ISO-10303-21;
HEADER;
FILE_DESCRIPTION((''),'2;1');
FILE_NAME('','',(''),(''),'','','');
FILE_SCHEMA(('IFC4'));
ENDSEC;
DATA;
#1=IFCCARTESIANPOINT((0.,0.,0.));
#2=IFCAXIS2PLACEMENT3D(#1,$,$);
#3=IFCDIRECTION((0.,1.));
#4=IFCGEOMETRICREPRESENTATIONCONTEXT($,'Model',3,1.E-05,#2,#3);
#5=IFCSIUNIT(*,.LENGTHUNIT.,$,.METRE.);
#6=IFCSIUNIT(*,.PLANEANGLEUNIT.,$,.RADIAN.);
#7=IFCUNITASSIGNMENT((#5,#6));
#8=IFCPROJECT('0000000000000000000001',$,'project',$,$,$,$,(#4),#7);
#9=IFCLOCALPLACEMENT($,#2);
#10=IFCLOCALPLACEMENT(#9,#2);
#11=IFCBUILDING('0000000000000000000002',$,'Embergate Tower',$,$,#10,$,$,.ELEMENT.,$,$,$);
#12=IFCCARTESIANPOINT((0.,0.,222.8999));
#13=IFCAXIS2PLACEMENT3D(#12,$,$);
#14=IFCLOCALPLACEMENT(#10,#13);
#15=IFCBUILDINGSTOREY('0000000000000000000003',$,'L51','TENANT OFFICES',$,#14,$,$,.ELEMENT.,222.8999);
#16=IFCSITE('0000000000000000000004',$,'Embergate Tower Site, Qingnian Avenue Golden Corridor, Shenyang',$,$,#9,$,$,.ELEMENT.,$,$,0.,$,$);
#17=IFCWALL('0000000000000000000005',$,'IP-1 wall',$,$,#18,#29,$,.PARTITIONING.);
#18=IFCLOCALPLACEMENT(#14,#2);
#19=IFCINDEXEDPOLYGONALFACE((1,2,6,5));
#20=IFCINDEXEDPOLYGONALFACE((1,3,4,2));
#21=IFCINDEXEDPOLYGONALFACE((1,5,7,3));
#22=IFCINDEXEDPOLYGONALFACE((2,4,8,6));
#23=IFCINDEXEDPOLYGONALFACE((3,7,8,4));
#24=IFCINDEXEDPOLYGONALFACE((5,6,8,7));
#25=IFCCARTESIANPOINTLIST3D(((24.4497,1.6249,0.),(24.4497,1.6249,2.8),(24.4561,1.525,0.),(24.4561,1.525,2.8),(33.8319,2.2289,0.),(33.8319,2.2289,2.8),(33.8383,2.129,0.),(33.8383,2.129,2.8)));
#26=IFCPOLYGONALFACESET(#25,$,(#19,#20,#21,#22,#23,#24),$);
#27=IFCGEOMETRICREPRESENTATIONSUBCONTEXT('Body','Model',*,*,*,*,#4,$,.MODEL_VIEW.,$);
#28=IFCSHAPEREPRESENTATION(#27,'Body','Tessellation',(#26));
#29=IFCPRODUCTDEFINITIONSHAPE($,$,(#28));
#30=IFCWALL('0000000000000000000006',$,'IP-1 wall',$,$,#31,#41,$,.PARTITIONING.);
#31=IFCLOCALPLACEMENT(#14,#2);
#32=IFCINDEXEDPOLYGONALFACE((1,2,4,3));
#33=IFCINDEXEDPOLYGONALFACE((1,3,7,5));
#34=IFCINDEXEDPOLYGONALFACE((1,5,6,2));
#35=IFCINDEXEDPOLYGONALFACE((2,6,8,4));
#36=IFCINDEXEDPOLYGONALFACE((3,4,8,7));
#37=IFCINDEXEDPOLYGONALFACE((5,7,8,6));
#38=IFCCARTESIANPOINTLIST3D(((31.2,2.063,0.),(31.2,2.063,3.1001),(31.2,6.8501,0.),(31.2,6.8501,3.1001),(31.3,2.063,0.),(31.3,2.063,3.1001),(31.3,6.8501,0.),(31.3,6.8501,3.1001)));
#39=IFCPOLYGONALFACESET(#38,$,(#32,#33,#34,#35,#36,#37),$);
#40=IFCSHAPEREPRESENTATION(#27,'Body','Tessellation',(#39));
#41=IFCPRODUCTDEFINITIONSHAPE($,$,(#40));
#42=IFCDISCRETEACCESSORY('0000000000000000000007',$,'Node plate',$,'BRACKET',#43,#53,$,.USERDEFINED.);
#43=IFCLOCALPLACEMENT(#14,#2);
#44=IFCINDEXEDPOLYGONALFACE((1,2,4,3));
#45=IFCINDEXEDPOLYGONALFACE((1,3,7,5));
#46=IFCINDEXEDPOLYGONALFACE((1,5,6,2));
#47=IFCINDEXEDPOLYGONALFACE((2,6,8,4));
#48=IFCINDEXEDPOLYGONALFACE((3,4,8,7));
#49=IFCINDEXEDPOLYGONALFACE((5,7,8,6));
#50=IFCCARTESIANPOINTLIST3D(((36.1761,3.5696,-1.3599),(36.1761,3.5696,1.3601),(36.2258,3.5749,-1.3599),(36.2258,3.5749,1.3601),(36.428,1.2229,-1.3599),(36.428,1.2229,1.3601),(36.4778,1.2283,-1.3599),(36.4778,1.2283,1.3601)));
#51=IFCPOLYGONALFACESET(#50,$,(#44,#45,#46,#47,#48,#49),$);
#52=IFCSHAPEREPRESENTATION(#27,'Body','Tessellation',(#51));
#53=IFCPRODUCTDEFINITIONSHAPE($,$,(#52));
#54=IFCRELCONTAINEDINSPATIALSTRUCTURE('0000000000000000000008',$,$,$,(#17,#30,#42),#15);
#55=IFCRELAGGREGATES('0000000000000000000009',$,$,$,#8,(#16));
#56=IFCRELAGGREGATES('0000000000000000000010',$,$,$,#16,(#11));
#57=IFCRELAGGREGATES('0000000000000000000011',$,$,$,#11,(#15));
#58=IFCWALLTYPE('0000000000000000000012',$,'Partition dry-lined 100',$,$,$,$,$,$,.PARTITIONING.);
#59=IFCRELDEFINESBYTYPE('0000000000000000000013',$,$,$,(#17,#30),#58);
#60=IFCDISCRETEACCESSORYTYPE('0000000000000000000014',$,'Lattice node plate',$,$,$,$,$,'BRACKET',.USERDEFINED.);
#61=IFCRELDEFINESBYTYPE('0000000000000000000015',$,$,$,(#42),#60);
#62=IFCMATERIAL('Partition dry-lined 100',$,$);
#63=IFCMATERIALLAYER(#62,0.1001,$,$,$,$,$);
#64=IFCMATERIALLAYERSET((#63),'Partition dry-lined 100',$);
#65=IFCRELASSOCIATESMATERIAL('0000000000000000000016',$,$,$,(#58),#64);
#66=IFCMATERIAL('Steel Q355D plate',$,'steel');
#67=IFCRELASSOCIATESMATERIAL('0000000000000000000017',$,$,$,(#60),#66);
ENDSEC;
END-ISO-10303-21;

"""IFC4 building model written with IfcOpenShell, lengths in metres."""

from ifc_helpers import new_model, si_unit, direction, frame, frame_2d, origin, origin_2d, place, context, subcontext, project, spatial, rectangle, extrude, source, transform, mapped, material, layer, layer_set, type_object, element, save


model = new_model("IFC4")

# Units and contexts
model_context = context("Model", 3, precision=1e-05, world=origin(), true_north=direction((0.0, 1.0)))
body_context = subcontext(model_context, "Body", "Model", "MODEL_VIEW")
ifc_project = project(units=[si_unit("LENGTHUNIT", "METRE"), si_unit("PLANEANGLEUNIT", "RADIAN")], contexts=[model_context])

# Site, building, storey
site_placement = place(None, origin())
site = spatial("IfcSite", under=ifc_project, at=site_placement, Name="Embergate Tower Site, Qingnian Avenue Golden Corridor, Shenyang", CompositionType="ELEMENT", RefElevation=0.0)
building_placement = place(site_placement, origin())
building = spatial("IfcBuilding", under=site, at=building_placement, Name="Embergate Tower", CompositionType="ELEMENT")
storey_placement = place(building_placement, frame((0.0, 0.0, 222.8999)))
storey = spatial("IfcBuildingStorey", under=building, at=storey_placement, Name="L51", Description="TENANT OFFICES", CompositionType="ELEMENT", Elevation=222.8999)

# Shared definitions
ifc_material_1 = material(Name="Partition dry-lined 100")
ifc_layer_1 = layer(ifc_material_1, 0.1001)
ifc_layer_set_1 = layer_set([ifc_layer_1], Name="Partition dry-lined 100")
wall_type_1 = type_object("IfcWallType", Name="Partition dry-lined 100", PredefinedType="PARTITIONING", material=ifc_layer_set_1)

# Walls
shared_shape_1 = source(origin(), body_context, "Body", "SweptSolid", [
    extrude(rectangle(XDim=9.4016, YDim=0.1001, at=frame_2d((4.7007, 0.0))), origin(), (0.0, 0.0, 1.0), 2.8),
])
wall_1_placement = place(storey_placement, frame((33.835, 2.179, 0.0), z_axis=(0.0, 0.0, 1.0), x_axis=(-0.997934, -0.064245, 0.0)))
element("IfcWall", 1, at=wall_1_placement, inside=storey, type_object=wall_type_1, Name="IP-1 wall", PredefinedType="PARTITIONING", context=body_context, shape_type="MappedRepresentation", body=[
    mapped(shared_shape_1, transform((0.0, 0.0, 0.0))),
])
shared_shape_2 = source(origin(), body_context, "Body", "SweptSolid", [
    extrude(rectangle(XDim=4.7871, YDim=0.1001, at=frame_2d((2.3936, 0.0))), origin(), (0.0, 0.0, 1.0), 3.1001),
])
wall_2_placement = place(storey_placement, frame((31.25, 6.8501, 0.0), z_axis=(0.0, 0.0, 1.0), x_axis=(0.0, -1.0, 0.0)))
element("IfcWall", 2, at=wall_2_placement, inside=storey, type_object=wall_type_1, Name="IP-1 wall", PredefinedType="PARTITIONING", context=body_context, shape_type="MappedRepresentation", body=[
    mapped(shared_shape_2, transform((0.0, 0.0, 0.0))),
])

# Discrete accessory
ifc_material_2 = material(Name="Steel Q355D plate", Category="steel")
discrete_accessory_type = type_object("IfcDiscreteAccessoryType", Name="Lattice node plate", ElementType="BRACKET", PredefinedType="USERDEFINED", material=ifc_material_2)
shared_shape_3 = source(origin(), body_context, "Body", "SweptSolid", [
    extrude(rectangle(XDim=2.3601, YDim=0.05, at=origin_2d()), origin(), (0.0, 0.0, 1.0), 2.72),
])
discrete_accessory_placement = place(storey_placement, frame((36.3269, 2.3989, -1.3599), z_axis=(0.0, 0.0, 1.0), x_axis=(-0.10675, 0.994286, 0.0)))
element("IfcDiscreteAccessory", 3, at=discrete_accessory_placement, inside=storey, type_object=discrete_accessory_type, Name="Node plate", ObjectType="BRACKET", PredefinedType="USERDEFINED", context=body_context, shape_type="MappedRepresentation", body=[
    mapped(shared_shape_3, transform((0.0, 0.0, 0.0))),
])

save(model, "model.ifc")
